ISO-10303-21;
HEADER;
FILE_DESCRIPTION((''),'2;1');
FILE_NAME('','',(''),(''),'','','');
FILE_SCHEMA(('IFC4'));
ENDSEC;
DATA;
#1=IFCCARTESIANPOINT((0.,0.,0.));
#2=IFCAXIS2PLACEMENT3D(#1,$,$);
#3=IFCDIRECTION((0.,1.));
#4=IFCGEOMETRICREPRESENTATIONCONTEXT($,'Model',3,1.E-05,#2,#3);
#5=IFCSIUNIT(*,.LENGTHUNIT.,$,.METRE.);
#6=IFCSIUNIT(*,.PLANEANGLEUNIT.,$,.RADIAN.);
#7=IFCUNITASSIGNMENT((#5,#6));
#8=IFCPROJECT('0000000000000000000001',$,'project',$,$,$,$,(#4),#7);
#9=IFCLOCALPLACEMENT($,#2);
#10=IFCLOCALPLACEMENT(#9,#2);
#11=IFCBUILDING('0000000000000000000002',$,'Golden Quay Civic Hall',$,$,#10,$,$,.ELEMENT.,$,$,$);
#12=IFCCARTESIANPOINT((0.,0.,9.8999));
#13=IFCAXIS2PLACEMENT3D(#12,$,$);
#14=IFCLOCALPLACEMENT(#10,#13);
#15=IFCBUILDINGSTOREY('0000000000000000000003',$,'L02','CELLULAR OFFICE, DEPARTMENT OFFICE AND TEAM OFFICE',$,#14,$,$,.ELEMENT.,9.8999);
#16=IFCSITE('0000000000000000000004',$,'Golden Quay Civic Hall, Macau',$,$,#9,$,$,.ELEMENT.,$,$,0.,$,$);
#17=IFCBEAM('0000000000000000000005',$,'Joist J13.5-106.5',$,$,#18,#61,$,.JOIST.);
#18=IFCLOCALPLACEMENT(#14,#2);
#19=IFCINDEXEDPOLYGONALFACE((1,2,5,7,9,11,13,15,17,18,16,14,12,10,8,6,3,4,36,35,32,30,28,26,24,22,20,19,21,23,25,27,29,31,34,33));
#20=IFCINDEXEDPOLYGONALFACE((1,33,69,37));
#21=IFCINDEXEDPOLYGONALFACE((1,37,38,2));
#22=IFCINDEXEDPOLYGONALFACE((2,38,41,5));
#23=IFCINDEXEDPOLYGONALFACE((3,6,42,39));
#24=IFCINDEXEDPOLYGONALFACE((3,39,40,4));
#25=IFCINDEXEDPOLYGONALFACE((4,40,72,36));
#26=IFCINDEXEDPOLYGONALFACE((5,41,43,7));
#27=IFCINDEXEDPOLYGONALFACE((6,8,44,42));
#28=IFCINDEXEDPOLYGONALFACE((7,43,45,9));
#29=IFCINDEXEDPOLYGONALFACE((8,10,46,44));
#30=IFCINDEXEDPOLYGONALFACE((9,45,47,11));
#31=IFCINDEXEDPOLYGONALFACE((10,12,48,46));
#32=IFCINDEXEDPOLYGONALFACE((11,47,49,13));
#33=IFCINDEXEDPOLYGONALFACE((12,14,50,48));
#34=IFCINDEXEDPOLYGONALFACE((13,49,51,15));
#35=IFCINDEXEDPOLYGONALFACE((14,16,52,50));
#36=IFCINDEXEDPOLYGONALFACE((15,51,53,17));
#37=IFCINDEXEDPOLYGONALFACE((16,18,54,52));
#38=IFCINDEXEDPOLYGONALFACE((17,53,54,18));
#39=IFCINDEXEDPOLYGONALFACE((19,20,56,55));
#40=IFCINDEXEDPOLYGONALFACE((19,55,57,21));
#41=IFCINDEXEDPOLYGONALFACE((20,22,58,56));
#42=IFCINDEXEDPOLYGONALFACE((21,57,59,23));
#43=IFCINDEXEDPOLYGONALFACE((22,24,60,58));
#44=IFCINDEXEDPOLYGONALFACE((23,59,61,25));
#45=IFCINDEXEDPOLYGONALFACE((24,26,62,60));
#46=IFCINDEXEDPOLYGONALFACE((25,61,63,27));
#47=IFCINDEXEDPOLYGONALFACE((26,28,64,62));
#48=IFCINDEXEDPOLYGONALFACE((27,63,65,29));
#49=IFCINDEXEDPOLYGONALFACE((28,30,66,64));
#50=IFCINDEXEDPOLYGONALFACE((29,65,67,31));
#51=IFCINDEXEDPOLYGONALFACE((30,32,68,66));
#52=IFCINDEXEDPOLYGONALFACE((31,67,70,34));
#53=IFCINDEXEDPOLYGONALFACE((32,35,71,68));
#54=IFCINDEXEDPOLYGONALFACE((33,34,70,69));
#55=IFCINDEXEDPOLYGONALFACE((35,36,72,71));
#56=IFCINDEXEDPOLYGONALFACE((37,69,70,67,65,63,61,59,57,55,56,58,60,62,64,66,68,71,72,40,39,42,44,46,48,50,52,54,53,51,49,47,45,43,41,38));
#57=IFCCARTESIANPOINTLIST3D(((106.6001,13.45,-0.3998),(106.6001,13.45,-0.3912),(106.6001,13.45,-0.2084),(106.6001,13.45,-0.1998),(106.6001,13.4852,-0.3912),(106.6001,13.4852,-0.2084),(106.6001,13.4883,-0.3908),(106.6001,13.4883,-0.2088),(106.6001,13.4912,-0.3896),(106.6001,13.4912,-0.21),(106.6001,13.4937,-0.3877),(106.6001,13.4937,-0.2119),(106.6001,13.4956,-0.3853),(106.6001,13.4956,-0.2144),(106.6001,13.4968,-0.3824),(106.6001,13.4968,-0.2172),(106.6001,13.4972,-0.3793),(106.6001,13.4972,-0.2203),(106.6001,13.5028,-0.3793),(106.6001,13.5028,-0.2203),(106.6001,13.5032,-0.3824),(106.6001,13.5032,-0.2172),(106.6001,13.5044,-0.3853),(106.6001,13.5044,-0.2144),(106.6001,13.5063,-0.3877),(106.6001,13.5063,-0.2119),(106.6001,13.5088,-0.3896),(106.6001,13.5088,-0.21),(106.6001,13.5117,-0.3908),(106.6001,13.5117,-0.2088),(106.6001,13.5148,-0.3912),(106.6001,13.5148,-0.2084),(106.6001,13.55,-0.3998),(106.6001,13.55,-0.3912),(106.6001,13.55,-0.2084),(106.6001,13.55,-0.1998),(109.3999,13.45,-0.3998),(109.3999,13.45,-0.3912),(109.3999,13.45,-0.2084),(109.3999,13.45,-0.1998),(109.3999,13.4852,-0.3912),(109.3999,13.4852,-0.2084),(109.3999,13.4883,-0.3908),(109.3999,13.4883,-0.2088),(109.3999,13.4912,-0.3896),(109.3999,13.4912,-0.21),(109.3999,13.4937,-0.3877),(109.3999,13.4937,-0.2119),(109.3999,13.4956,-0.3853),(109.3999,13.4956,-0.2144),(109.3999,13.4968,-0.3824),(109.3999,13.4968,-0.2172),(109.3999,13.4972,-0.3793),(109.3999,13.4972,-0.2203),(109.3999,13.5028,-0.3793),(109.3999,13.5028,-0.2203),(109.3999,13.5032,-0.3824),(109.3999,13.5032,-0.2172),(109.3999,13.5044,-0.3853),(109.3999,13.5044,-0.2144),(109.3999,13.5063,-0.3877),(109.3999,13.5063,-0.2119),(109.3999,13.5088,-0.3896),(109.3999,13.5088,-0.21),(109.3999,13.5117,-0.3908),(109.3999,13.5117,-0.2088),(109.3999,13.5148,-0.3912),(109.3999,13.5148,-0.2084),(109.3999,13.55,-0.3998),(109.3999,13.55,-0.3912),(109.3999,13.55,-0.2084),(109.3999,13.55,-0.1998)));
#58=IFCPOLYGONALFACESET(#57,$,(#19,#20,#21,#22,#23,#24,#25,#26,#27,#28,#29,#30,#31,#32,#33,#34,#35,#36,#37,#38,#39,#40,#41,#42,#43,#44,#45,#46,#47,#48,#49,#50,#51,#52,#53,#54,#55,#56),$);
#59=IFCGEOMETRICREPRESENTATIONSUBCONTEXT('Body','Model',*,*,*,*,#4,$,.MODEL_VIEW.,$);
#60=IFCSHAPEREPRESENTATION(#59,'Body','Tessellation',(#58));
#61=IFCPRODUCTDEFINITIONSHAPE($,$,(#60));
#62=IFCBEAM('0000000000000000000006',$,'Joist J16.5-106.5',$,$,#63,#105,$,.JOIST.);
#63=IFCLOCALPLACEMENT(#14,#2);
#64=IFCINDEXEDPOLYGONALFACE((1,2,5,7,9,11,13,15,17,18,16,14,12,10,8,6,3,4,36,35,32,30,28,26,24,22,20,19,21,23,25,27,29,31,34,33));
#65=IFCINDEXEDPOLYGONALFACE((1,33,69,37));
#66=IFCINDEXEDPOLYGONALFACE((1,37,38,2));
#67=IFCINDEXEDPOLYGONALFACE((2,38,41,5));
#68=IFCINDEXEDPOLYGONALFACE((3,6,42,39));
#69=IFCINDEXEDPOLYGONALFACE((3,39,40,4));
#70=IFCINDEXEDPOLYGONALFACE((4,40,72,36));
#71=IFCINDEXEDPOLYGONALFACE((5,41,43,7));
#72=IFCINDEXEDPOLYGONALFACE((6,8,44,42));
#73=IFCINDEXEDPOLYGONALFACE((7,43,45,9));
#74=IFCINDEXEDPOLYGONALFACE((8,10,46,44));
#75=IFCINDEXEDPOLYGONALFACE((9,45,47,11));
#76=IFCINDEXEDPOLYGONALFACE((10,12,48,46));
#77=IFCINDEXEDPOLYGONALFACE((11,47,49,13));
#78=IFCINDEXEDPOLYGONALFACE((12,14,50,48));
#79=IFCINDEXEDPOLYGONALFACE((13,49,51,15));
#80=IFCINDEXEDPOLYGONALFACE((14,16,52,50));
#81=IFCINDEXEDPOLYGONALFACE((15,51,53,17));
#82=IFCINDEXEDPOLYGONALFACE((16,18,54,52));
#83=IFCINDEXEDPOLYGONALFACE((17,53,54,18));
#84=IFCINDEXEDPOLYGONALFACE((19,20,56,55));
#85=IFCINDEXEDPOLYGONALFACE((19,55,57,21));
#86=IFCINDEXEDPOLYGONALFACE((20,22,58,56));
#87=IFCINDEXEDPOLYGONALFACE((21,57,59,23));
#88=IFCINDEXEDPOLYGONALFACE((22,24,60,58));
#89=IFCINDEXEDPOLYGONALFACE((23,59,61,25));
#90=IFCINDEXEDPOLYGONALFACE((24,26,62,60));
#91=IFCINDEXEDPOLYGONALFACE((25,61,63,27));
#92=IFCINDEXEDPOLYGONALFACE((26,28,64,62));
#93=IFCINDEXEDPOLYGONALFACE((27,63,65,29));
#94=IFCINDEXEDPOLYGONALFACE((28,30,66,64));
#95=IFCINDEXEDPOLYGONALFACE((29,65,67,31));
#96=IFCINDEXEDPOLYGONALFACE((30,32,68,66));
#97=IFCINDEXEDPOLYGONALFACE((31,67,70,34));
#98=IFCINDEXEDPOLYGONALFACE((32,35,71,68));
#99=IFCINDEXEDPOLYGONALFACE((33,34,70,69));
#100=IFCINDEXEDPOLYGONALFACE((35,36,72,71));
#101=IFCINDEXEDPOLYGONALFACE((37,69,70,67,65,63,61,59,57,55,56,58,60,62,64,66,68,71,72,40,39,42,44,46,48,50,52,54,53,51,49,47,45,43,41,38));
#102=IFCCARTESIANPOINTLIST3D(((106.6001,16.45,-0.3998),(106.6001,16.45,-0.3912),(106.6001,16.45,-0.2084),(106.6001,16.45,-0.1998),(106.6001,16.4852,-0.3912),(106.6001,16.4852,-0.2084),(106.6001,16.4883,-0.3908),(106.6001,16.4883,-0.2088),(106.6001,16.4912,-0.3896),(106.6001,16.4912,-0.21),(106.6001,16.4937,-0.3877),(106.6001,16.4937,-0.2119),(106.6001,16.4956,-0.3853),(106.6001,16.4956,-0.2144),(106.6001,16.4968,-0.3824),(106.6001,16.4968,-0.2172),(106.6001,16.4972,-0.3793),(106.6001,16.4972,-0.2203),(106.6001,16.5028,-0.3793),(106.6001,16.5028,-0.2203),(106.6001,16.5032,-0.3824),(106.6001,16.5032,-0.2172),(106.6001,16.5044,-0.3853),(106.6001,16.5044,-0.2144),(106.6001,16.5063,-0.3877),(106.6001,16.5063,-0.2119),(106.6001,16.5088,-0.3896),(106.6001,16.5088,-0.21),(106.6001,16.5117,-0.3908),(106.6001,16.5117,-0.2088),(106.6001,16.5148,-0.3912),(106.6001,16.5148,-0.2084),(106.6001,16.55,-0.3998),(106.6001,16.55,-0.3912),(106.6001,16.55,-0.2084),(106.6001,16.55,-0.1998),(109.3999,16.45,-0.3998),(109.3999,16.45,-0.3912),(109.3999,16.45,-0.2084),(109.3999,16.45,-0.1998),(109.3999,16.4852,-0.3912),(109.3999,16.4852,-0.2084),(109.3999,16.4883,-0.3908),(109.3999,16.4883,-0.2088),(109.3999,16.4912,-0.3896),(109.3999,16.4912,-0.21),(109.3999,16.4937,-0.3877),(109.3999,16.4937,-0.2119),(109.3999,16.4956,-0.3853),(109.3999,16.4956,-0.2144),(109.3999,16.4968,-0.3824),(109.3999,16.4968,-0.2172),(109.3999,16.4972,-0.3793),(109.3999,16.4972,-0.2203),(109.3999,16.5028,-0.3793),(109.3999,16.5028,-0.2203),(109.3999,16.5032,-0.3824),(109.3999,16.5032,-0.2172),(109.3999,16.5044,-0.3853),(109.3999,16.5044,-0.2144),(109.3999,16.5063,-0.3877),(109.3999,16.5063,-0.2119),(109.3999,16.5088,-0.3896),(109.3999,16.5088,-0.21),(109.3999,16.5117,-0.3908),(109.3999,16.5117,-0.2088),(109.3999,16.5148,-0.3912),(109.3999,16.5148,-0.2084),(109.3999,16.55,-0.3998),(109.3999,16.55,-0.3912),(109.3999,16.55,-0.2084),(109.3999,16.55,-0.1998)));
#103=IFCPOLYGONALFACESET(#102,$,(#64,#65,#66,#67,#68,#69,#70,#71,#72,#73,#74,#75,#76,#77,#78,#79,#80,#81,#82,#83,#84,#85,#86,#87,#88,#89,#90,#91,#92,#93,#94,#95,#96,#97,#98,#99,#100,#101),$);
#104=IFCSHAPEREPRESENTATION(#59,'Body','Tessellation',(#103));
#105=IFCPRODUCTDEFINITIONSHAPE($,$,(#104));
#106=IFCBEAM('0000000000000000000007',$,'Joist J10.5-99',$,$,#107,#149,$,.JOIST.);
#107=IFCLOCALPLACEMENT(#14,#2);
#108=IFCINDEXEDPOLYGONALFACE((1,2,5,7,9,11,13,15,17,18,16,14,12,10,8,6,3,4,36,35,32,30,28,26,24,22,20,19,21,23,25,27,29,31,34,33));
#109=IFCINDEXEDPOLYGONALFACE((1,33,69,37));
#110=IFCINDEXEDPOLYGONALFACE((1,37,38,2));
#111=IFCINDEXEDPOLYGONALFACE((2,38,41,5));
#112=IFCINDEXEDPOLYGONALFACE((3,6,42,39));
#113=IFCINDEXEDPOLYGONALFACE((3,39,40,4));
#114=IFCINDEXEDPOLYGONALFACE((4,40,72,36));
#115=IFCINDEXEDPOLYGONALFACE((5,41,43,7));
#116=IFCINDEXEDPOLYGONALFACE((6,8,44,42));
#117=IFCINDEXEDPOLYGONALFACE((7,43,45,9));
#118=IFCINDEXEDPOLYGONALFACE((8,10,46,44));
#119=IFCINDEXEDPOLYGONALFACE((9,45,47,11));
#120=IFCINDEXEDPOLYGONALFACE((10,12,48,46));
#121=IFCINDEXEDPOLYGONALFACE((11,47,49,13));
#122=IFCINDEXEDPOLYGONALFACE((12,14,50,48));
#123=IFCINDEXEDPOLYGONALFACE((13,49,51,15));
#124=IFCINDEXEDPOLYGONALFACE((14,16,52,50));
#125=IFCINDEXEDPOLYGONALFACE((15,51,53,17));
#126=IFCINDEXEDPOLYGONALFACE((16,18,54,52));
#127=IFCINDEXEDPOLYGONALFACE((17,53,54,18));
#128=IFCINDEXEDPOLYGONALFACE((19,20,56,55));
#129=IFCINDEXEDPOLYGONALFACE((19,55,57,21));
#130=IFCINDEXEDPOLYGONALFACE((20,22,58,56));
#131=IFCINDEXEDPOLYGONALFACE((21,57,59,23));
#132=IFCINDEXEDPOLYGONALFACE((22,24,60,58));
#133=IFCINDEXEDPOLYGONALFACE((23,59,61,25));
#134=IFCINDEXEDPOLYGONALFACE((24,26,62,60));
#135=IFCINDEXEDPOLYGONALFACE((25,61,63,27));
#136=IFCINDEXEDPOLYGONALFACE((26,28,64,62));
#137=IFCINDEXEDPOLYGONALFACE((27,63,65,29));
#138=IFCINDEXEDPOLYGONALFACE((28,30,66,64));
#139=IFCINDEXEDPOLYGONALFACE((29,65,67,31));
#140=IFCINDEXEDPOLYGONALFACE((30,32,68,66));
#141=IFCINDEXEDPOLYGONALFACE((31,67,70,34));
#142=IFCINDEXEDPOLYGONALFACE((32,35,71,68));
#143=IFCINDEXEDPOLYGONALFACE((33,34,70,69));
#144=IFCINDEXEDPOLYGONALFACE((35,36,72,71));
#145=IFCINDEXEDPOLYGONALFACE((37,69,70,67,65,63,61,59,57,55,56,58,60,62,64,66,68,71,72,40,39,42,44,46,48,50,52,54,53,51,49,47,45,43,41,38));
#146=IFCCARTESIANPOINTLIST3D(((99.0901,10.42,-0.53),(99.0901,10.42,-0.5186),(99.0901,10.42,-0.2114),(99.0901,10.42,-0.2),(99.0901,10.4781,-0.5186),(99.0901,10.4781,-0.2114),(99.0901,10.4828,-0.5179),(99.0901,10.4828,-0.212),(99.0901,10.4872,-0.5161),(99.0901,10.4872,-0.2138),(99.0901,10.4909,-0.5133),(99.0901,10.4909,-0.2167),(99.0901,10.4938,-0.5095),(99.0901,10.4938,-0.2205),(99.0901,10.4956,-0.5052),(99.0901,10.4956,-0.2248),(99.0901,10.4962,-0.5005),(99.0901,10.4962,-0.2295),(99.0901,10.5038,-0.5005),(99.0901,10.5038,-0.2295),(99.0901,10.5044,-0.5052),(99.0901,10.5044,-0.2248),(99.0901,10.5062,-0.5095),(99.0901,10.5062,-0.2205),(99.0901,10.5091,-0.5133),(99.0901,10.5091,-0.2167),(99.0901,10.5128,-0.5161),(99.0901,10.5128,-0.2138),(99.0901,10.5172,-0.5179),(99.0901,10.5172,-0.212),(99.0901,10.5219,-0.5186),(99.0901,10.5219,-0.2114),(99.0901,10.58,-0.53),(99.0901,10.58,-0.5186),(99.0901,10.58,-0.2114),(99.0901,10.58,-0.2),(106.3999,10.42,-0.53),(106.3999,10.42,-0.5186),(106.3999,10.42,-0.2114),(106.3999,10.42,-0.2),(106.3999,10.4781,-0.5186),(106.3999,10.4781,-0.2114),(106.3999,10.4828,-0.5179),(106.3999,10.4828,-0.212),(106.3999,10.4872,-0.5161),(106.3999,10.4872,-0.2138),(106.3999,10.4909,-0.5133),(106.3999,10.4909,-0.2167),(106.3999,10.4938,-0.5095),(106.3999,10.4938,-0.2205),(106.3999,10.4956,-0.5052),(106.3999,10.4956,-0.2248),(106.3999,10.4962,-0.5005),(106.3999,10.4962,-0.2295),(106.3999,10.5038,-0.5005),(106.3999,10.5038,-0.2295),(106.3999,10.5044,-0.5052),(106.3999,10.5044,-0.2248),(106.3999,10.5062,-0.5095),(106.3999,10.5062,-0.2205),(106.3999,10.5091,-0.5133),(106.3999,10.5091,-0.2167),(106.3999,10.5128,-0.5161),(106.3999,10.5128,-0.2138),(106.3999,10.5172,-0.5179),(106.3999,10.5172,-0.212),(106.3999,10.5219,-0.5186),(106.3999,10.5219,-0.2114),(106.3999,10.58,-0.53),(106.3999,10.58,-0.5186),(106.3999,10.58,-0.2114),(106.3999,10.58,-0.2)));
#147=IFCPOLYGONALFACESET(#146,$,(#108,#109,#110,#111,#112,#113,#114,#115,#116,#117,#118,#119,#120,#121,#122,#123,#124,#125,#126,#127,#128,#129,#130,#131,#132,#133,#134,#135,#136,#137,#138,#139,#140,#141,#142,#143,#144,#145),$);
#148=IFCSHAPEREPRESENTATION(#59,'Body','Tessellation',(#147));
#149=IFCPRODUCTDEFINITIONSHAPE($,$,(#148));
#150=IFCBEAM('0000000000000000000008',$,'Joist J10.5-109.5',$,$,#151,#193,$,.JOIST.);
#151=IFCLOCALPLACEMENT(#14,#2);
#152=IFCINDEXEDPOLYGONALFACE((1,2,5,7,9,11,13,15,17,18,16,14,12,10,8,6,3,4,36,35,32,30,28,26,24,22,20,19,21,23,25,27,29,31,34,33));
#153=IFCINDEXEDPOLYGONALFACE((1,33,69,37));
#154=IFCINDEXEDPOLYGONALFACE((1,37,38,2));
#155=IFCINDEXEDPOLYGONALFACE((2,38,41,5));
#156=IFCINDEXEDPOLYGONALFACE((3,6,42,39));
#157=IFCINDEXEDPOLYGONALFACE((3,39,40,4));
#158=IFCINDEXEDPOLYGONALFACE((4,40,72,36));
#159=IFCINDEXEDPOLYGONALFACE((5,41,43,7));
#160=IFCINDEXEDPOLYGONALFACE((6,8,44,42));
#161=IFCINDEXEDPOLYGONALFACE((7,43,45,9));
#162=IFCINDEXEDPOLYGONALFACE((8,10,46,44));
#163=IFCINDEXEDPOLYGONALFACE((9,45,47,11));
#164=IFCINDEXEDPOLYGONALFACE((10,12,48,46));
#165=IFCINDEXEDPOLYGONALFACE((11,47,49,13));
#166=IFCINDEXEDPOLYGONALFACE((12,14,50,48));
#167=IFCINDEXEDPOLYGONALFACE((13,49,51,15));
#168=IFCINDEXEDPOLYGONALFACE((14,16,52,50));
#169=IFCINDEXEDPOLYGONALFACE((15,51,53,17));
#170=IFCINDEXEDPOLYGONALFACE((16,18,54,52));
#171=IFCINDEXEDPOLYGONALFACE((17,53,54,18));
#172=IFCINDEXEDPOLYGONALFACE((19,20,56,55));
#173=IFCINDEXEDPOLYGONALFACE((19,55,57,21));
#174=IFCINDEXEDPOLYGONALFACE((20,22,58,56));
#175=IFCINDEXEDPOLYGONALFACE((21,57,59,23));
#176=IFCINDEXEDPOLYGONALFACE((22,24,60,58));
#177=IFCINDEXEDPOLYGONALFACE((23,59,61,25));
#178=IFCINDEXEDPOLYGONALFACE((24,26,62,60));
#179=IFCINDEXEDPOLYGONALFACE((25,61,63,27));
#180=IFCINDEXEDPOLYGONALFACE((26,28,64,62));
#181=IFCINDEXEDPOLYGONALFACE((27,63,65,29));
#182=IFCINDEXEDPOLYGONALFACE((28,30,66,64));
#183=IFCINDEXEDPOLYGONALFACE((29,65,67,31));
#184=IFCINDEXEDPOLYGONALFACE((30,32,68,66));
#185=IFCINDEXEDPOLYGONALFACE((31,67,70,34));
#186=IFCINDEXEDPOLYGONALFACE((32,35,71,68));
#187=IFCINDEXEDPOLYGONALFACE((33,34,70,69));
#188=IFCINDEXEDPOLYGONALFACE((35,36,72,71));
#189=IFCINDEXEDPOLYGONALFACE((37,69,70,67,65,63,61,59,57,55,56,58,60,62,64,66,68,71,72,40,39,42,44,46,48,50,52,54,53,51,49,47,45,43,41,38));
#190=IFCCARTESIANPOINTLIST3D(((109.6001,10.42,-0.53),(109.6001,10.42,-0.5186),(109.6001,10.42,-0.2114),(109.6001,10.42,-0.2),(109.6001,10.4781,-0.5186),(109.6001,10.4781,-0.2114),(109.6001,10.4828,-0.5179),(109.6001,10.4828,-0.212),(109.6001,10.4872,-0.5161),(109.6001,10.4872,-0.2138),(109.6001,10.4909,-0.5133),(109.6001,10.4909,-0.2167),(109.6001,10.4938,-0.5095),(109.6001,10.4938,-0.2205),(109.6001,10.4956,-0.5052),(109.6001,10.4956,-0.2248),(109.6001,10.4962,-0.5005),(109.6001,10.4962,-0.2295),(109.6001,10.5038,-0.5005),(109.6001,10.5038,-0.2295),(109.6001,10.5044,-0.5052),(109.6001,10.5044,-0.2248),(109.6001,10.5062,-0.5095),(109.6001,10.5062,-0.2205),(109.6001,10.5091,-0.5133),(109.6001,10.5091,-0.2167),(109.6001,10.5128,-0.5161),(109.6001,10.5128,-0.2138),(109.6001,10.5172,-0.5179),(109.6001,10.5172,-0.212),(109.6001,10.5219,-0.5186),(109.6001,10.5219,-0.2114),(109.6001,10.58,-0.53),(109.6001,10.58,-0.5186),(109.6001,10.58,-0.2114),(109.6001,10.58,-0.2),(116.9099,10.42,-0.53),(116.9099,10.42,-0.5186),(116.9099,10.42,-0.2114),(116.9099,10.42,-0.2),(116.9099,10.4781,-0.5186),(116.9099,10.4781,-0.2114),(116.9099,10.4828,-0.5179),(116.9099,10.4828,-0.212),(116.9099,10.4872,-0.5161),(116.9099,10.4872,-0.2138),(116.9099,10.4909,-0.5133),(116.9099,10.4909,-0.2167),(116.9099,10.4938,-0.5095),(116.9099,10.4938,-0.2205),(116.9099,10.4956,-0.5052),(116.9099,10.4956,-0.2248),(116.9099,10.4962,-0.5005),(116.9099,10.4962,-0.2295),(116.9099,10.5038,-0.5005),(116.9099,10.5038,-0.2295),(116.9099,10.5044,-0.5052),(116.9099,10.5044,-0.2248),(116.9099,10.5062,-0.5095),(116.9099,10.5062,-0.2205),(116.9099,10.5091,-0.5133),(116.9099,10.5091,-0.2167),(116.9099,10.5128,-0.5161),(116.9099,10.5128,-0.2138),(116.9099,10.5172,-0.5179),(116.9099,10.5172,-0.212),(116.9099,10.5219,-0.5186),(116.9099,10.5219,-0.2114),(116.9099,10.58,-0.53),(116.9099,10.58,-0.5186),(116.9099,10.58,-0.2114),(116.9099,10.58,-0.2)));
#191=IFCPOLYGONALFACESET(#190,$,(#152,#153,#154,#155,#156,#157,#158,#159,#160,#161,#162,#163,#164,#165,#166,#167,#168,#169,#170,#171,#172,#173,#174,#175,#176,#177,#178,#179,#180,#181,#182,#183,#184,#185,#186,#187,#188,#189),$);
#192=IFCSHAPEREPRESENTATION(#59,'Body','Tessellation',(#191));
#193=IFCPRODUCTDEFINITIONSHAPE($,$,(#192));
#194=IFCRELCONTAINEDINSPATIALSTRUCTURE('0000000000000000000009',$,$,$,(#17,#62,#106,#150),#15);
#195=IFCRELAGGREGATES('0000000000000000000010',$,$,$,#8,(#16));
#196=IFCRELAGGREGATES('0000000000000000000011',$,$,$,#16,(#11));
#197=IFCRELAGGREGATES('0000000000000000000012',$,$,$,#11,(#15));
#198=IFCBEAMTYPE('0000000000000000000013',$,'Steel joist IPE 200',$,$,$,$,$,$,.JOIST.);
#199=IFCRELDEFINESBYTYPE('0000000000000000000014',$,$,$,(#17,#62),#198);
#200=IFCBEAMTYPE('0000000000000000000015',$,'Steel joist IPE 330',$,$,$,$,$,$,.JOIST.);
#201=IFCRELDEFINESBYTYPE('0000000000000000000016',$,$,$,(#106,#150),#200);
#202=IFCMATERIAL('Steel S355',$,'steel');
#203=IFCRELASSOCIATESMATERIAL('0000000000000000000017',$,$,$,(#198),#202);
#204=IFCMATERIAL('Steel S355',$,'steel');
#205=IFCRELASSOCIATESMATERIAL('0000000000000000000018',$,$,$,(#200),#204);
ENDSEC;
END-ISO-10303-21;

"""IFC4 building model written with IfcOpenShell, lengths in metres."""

from ifc_helpers import new_model, si_unit, direction, frame, origin, origin_2d, place, context, subcontext, project, spatial, i_section, extrude, material, material_profile, profile_set, type_object, element, save


model = new_model("IFC4")

# Units and contexts
model_context = context("Model", 3, precision=1e-05, world=origin(), true_north=direction((0.0, 1.0)))
body_context = subcontext(model_context, "Body", "Model", "MODEL_VIEW")
ifc_project = project(units=[si_unit("LENGTHUNIT", "METRE"), si_unit("PLANEANGLEUNIT", "RADIAN")], contexts=[model_context])

# Site, building, storey
site_placement = place(None, origin())
site = spatial("IfcSite", under=ifc_project, at=site_placement, Name="Golden Quay Civic Hall, Macau", CompositionType="ELEMENT", RefElevation=0.0)
building_placement = place(site_placement, origin())
building = spatial("IfcBuilding", under=site, at=building_placement, Name="Golden Quay Civic Hall", CompositionType="ELEMENT")
storey_placement = place(building_placement, frame((0.0, 0.0, 9.8999)))
storey = spatial("IfcBuildingStorey", under=building, at=storey_placement, Name="L02", Description="CELLULAR OFFICE, DEPARTMENT OFFICE AND TEAM OFFICE", CompositionType="ELEMENT", Elevation=9.8999)

# Beams
ifc_material_1 = material(Name="Steel S355", Category="steel")
ifc_material_profile_1 = material_profile(ifc_material_1, i_section(OverallWidth=0.1001, OverallDepth=0.2, WebThickness=0.0056, FlangeThickness=0.0085, FilletRadius=0.012, at=origin_2d()), Name="IPE 200")
ifc_profile_set_1 = profile_set([ifc_material_profile_1], Name="Steel S355")
beam_type_1 = type_object("IfcBeamType", Name="Steel joist IPE 200", PredefinedType="JOIST", material=ifc_profile_set_1)
for number, where, z_axis, x_axis, name in (
    (1, (106.6001, 13.5, -0.2998), (1.0, 0.0, 0.0), (0.0, 1.0, 0.0), "Joist J13.5-106.5"),
    (2, (106.6001, 16.5, -0.2998), (1.0, 0.0, 0.0), (0.0, 1.0, 0.0), "Joist J16.5-106.5"),
):
    element("IfcBeam", number, at=place(storey_placement, frame(where, z_axis=z_axis, x_axis=x_axis)), inside=storey, type_object=beam_type_1, Name=name, PredefinedType="JOIST", context=body_context, shape_type="SweptSolid", body=[
        extrude(i_section(OverallWidth=0.1001, OverallDepth=0.2, WebThickness=0.0056, FlangeThickness=0.0085, FilletRadius=0.012, at=origin_2d()), origin(), (0.0, 0.0, 1.0), 2.7998),
    ])
ifc_material_2 = material(Name="Steel S355", Category="steel")
ifc_material_profile_2 = material_profile(ifc_material_2, i_section(OverallWidth=0.1599, OverallDepth=0.3301, WebThickness=0.0076, FlangeThickness=0.0115, FilletRadius=0.0181, at=origin_2d()), Name="IPE 330")
ifc_profile_set_2 = profile_set([ifc_material_profile_2], Name="Steel S355")
beam_type_2 = type_object("IfcBeamType", Name="Steel joist IPE 330", PredefinedType="JOIST", material=ifc_profile_set_2)
for number, where, z_axis, x_axis, name in (
    (3, (99.0901, 10.5, -0.365), (1.0, 0.0, 0.0), (0.0, 1.0, 0.0), "Joist J10.5-99"),
    (4, (109.6001, 10.5, -0.365), (1.0, 0.0, 0.0), (0.0, 1.0, 0.0), "Joist J10.5-109.5"),
):
    element("IfcBeam", number, at=place(storey_placement, frame(where, z_axis=z_axis, x_axis=x_axis)), inside=storey, type_object=beam_type_2, Name=name, PredefinedType="JOIST", context=body_context, shape_type="SweptSolid", body=[
        extrude(i_section(OverallWidth=0.1599, OverallDepth=0.3301, WebThickness=0.0076, FlangeThickness=0.0115, FilletRadius=0.0181, at=origin_2d()), origin(), (0.0, 0.0, 1.0), 7.3098),
    ])

save(model, "model.ifc")
